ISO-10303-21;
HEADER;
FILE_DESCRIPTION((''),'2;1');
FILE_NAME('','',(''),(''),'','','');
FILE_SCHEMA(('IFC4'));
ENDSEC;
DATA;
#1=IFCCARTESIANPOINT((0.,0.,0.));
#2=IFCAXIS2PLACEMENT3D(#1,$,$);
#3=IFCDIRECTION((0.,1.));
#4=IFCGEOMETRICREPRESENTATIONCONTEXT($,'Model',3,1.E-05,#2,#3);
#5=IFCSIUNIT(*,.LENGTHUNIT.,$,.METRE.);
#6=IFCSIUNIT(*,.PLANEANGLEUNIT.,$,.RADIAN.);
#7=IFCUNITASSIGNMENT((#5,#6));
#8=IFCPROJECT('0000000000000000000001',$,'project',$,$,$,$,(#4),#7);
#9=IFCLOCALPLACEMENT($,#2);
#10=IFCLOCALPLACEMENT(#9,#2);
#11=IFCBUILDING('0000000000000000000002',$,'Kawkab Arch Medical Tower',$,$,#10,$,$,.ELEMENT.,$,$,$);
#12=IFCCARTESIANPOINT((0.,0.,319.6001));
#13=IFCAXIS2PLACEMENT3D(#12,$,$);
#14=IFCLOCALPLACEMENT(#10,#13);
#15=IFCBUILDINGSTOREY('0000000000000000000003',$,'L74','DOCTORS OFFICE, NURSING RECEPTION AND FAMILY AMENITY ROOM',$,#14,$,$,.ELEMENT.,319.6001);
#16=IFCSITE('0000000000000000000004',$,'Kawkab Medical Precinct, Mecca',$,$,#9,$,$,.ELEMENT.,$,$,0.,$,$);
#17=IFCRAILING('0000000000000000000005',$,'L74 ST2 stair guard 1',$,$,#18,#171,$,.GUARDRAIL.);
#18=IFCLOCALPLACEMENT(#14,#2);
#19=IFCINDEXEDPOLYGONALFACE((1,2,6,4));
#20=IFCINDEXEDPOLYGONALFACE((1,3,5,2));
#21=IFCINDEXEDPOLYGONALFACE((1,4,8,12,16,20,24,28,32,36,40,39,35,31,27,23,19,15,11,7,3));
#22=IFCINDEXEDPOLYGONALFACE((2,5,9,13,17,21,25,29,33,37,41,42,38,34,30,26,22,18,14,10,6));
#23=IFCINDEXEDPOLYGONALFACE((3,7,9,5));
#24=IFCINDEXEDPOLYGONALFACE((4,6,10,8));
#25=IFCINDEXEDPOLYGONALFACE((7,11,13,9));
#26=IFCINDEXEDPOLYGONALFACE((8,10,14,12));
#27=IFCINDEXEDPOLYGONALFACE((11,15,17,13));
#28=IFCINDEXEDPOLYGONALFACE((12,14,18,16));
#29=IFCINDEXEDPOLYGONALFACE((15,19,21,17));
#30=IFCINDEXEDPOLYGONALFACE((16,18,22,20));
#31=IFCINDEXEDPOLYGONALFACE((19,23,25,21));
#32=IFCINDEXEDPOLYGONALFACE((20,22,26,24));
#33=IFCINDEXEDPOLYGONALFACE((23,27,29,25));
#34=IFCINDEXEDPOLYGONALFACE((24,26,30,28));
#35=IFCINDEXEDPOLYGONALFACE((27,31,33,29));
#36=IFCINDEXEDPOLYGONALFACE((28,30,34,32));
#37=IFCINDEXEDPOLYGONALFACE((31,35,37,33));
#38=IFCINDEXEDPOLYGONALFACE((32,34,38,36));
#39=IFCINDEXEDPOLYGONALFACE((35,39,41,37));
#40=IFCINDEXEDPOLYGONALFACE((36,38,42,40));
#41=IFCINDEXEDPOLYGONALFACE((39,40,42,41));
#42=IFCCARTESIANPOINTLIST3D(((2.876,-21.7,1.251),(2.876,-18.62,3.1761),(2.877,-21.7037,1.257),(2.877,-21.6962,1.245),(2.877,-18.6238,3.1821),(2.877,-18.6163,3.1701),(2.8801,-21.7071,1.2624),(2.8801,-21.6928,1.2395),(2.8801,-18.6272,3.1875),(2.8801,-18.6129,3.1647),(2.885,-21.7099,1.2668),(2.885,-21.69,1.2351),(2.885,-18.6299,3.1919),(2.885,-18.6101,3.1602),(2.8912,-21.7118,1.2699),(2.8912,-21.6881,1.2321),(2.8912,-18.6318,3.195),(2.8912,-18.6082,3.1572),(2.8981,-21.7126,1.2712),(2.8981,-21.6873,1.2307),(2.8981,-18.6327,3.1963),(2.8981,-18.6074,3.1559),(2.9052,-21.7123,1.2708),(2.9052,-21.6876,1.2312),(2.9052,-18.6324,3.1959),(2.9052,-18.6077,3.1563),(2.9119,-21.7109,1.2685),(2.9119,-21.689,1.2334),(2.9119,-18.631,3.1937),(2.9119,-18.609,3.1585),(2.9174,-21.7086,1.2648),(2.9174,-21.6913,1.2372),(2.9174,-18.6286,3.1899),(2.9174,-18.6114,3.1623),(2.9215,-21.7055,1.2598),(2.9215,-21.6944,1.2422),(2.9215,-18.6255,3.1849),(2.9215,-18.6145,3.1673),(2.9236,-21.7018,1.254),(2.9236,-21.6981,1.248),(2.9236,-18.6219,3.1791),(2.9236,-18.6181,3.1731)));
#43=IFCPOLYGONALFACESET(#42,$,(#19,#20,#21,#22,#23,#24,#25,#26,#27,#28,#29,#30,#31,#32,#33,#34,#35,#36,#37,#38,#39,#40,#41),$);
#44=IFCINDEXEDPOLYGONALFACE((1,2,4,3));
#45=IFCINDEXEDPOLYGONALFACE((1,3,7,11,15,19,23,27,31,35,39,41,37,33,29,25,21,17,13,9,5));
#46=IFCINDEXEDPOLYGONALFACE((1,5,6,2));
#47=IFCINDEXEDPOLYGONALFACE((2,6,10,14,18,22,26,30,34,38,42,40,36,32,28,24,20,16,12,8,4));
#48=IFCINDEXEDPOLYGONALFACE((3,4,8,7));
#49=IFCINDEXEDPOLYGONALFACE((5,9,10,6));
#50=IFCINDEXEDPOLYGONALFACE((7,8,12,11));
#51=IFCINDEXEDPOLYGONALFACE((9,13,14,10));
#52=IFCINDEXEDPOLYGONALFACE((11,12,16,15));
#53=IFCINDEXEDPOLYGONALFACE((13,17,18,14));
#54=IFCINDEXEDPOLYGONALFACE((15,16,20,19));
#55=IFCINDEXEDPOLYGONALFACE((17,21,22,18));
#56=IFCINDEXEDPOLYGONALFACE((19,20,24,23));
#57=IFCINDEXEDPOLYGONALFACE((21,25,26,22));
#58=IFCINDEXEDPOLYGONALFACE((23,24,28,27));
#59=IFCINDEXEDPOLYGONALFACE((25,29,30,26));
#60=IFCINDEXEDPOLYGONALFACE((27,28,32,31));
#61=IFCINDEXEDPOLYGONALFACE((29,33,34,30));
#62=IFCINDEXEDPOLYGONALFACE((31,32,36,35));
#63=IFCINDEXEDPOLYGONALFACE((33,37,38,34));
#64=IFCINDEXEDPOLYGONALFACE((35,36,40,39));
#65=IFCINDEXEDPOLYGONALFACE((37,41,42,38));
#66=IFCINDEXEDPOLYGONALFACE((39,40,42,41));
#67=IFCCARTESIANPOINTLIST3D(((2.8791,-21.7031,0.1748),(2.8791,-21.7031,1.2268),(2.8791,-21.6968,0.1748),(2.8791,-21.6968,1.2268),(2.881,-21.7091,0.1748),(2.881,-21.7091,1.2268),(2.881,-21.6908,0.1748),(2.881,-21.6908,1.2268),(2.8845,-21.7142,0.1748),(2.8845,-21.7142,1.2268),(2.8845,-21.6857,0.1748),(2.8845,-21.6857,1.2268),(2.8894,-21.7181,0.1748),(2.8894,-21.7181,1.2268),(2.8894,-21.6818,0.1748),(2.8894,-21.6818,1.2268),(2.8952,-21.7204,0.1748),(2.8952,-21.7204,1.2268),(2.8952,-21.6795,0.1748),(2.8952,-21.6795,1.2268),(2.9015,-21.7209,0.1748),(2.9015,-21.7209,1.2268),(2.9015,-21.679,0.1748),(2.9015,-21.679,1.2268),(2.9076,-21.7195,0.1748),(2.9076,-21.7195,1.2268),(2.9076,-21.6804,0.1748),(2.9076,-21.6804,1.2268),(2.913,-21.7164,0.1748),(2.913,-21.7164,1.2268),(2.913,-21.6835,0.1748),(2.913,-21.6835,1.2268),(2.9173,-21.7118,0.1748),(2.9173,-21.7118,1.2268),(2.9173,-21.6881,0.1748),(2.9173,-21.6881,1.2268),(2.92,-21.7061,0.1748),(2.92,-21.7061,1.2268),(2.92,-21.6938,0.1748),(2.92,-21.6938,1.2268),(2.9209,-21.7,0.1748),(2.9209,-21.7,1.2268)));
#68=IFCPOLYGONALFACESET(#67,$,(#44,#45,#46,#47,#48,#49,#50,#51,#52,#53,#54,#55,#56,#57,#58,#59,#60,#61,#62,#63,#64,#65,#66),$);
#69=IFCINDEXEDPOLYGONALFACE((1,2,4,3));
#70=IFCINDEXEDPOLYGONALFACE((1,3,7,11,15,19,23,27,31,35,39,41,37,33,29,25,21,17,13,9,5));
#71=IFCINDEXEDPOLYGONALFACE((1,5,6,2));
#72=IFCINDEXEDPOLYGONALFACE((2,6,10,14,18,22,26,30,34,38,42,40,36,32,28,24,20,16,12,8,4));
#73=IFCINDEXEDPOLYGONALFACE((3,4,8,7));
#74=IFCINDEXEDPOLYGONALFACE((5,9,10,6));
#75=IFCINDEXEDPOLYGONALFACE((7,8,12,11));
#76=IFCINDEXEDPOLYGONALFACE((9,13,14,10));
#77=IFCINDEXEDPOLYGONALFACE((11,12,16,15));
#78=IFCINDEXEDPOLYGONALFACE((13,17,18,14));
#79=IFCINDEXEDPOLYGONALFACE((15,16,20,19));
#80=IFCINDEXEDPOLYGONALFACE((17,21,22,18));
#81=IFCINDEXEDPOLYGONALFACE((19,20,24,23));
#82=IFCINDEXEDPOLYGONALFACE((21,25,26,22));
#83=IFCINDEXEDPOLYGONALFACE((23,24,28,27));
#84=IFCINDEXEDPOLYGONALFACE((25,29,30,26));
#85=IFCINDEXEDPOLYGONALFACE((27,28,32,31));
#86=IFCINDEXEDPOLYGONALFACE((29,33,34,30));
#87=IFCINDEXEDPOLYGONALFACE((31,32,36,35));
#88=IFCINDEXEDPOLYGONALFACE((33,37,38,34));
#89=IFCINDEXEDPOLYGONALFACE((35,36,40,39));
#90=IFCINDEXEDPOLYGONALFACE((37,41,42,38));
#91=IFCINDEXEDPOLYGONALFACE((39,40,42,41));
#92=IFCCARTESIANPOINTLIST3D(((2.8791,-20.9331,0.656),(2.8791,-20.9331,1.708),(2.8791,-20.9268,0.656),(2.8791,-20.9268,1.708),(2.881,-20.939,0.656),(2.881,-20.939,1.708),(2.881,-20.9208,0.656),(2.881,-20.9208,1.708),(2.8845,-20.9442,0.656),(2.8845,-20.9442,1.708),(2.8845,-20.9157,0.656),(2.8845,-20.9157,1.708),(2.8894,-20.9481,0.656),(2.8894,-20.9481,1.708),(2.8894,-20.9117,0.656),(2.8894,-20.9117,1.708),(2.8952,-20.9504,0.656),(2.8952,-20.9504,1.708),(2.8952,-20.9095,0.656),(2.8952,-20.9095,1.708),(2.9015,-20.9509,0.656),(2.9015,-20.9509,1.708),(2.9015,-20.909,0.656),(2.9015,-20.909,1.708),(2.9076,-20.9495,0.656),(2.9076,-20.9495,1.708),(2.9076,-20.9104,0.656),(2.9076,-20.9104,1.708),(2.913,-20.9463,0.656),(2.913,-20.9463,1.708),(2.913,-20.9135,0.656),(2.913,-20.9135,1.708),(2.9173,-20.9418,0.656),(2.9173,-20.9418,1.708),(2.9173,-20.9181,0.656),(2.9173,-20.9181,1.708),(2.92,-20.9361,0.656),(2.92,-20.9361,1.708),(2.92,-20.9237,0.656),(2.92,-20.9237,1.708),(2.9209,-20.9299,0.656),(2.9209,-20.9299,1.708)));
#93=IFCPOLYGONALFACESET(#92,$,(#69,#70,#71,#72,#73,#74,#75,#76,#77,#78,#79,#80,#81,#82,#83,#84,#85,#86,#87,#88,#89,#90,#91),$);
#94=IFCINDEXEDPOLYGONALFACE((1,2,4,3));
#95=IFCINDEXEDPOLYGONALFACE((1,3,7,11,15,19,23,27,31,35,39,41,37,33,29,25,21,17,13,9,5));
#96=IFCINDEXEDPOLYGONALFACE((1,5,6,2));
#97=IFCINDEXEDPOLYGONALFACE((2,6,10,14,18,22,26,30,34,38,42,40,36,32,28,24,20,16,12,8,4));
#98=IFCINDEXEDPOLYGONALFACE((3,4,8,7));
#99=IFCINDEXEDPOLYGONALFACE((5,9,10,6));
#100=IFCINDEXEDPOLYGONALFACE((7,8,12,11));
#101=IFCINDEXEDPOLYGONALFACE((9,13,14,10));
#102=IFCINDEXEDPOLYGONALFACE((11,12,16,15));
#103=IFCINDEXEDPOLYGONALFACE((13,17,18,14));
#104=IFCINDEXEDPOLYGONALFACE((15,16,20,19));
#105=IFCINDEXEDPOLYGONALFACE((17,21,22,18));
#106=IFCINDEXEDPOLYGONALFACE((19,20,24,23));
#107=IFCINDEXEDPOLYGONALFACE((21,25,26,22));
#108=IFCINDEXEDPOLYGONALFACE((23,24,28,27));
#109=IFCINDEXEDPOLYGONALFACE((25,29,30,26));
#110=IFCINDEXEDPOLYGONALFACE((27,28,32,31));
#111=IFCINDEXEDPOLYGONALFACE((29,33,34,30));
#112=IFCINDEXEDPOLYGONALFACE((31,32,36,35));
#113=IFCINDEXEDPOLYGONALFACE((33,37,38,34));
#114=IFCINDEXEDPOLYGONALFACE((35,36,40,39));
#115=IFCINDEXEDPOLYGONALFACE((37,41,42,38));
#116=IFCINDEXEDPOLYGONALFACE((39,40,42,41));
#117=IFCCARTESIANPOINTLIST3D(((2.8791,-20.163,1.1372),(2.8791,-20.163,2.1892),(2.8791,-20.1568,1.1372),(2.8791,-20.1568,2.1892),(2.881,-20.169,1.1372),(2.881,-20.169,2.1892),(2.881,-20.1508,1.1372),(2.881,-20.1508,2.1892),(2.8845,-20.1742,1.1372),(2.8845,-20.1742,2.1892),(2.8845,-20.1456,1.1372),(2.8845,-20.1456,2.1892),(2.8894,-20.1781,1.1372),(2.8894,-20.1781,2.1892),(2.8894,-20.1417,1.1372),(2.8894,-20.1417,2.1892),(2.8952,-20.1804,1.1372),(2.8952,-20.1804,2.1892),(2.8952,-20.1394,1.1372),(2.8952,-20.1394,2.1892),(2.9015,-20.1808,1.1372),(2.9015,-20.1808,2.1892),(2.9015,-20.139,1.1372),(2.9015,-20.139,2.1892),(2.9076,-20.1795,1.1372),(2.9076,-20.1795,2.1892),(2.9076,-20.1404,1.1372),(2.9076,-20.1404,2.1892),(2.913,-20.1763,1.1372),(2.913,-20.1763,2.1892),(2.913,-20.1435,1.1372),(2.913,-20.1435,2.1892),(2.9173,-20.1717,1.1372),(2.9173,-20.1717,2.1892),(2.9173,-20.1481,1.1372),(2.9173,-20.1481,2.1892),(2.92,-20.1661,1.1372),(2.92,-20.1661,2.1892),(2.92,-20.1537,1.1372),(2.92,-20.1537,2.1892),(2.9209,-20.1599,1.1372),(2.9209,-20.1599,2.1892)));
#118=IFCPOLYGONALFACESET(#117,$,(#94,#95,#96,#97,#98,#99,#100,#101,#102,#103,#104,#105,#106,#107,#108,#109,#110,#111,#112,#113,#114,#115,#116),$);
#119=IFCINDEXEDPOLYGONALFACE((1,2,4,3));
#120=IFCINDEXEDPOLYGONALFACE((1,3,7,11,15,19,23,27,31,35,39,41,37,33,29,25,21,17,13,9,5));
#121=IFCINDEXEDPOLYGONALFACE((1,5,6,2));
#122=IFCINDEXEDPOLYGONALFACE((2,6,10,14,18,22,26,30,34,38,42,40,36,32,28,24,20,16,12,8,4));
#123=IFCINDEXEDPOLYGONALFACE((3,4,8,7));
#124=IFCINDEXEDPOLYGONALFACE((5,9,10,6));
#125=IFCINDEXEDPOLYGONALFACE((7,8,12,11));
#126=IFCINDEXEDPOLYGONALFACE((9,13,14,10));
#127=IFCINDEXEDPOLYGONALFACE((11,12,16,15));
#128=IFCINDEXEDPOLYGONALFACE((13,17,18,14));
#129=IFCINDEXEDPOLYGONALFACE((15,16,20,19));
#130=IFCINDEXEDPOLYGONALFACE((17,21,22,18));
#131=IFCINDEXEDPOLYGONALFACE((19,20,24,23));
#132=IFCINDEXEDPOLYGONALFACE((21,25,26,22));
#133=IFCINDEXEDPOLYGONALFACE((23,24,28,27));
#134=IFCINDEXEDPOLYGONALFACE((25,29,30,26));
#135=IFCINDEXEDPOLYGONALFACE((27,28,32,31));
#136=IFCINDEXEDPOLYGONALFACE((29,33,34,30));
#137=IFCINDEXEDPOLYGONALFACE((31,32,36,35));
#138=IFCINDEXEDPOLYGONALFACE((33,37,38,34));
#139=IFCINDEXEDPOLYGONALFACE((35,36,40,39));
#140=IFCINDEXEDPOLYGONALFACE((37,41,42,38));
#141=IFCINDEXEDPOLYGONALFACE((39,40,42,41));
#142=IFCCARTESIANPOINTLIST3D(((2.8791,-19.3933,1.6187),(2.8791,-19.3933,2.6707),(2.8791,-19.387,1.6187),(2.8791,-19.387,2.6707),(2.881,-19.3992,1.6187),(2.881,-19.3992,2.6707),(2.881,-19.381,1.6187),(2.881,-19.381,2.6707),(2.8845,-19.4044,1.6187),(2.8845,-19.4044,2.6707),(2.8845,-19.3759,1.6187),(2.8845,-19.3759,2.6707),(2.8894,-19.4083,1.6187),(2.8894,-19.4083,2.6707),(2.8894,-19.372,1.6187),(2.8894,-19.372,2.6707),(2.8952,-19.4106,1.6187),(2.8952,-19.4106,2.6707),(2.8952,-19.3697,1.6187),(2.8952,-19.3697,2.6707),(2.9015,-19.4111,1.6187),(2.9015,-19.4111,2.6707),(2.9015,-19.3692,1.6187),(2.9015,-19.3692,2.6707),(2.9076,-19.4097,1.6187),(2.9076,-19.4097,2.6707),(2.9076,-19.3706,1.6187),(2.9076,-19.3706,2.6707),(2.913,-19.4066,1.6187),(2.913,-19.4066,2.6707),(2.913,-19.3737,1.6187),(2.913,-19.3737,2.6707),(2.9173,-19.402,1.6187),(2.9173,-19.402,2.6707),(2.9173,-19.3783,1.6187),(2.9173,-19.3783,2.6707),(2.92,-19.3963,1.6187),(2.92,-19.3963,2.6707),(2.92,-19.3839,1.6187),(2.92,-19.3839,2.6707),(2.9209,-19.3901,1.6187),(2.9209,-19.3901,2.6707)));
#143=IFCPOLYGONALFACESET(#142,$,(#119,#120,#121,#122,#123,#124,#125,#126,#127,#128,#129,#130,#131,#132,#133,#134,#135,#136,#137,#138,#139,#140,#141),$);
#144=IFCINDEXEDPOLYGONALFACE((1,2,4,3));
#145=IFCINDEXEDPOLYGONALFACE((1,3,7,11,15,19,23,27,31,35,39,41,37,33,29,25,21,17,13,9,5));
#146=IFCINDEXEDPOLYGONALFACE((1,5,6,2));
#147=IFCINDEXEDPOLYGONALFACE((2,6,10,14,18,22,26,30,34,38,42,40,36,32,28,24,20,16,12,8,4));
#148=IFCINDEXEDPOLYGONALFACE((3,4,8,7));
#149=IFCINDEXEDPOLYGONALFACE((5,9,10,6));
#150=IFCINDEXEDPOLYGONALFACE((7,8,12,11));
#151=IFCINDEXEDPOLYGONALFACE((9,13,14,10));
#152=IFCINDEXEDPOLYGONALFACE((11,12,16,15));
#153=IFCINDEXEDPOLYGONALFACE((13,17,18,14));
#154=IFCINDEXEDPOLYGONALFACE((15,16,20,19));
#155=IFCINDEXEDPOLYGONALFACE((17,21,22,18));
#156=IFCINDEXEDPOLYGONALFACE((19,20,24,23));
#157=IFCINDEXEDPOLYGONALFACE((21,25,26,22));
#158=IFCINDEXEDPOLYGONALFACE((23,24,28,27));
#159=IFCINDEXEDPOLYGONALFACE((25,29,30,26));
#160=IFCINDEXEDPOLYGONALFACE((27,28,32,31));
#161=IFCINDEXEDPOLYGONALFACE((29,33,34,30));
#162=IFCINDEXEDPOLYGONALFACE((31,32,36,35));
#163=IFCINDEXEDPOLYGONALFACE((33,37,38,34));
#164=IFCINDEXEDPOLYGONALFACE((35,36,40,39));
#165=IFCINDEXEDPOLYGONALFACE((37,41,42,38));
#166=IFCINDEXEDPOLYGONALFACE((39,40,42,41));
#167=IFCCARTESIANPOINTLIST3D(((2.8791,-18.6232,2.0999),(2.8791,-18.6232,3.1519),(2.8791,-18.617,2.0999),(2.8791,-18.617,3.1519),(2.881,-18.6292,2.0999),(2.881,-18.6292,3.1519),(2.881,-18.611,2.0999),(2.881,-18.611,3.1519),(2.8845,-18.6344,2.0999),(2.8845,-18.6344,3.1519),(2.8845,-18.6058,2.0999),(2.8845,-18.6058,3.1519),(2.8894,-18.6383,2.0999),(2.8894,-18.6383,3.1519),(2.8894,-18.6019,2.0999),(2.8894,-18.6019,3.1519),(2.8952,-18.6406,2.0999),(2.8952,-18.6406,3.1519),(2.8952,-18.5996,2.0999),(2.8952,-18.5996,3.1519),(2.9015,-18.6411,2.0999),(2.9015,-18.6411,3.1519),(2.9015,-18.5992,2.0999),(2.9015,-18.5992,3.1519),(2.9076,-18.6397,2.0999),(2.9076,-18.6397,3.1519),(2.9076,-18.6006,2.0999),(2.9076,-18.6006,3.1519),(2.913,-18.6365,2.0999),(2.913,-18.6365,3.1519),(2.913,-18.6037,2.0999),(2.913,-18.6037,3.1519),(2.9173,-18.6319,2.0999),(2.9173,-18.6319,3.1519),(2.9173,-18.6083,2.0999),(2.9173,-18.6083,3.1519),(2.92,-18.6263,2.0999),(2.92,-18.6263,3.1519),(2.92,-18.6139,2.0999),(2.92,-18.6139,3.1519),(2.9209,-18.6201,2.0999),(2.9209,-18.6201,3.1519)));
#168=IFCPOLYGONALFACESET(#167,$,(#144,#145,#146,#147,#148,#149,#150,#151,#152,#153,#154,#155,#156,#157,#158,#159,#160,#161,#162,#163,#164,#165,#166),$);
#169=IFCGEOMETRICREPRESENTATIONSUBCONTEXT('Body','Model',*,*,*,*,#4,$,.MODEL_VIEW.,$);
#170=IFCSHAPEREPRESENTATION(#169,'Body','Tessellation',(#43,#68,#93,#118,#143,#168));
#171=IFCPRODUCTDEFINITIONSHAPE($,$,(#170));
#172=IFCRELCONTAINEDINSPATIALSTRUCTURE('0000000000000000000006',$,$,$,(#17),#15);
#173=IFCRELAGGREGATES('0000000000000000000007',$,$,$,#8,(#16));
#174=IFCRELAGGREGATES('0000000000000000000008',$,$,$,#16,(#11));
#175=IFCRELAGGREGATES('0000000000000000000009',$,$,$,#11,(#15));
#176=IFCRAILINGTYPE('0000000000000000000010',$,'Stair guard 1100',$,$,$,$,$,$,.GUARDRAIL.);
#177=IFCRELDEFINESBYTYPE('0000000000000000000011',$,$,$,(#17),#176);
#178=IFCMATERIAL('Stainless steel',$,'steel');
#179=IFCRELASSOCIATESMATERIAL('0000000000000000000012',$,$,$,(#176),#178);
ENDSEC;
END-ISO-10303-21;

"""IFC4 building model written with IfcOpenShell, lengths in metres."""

from ifc_helpers import new_model, si_unit, direction, frame, origin, origin_2d, place, context, subcontext, project, spatial, circle, extrude, material, type_object, element, save


model = new_model("IFC4")

# Units and contexts
model_context = context("Model", 3, precision=1e-05, world=origin(), true_north=direction((0.0, 1.0)))
body_context = subcontext(model_context, "Body", "Model", "MODEL_VIEW")
ifc_project = project(units=[si_unit("LENGTHUNIT", "METRE"), si_unit("PLANEANGLEUNIT", "RADIAN")], contexts=[model_context])

# Site, building, storey
site_placement = place(None, origin())
site = spatial("IfcSite", under=ifc_project, at=site_placement, Name="Kawkab Medical Precinct, Mecca", CompositionType="ELEMENT", RefElevation=0.0)
building_placement = place(site_placement, origin())
building = spatial("IfcBuilding", under=site, at=building_placement, Name="Kawkab Arch Medical Tower", CompositionType="ELEMENT")
storey_placement = place(building_placement, frame((0.0, 0.0, 319.6001)))
storey = spatial("IfcBuildingStorey", under=building, at=storey_placement, Name="L74", Description="DOCTORS OFFICE, NURSING RECEPTION AND FAMILY AMENITY ROOM", CompositionType="ELEMENT", Elevation=319.6001)

# Railing
ifc_material_1 = material(Name="Stainless steel", Category="steel")
railing_type = type_object("IfcRailingType", Name="Stair guard 1100", PredefinedType="GUARDRAIL", material=ifc_material_1)
railing_1_placement = place(storey_placement, frame((2.8999, -21.7, 0.1748)))
element("IfcRailing", 1, at=railing_1_placement, inside=storey, type_object=railing_type, Name="L74 ST2 stair guard 1", PredefinedType="GUARDRAIL", context=body_context, shape_type="SweptSolid", body=[
    extrude(circle(Radius=0.0239, at=origin_2d()), frame((0.0, 0.0, 1.0762), z_axis=(0.0, 0.847979, 0.530029), x_axis=(-1.0, 0.0, 0.0)), (0.0, 0.0, 1.0), 3.6321),
    extrude(circle(Radius=0.021, at=origin_2d()), origin(), (0.0, 0.0, 1.0), 1.052),
    extrude(circle(Radius=0.021, at=origin_2d()), frame((0.0, 0.77, 0.4812)), (0.0, 0.0, 1.0), 1.052),
    extrude(circle(Radius=0.021, at=origin_2d()), frame((0.0, 1.54, 0.9624)), (0.0, 0.0, 1.0), 1.052),
    extrude(circle(Radius=0.021, at=origin_2d()), frame((0.0, 2.3098, 1.4438)), (0.0, 0.0, 1.0), 1.052),
    extrude(circle(Radius=0.021, at=origin_2d()), frame((0.0, 3.0798, 1.925)), (0.0, 0.0, 1.0), 1.052),
])

save(model, "model.ifc")
